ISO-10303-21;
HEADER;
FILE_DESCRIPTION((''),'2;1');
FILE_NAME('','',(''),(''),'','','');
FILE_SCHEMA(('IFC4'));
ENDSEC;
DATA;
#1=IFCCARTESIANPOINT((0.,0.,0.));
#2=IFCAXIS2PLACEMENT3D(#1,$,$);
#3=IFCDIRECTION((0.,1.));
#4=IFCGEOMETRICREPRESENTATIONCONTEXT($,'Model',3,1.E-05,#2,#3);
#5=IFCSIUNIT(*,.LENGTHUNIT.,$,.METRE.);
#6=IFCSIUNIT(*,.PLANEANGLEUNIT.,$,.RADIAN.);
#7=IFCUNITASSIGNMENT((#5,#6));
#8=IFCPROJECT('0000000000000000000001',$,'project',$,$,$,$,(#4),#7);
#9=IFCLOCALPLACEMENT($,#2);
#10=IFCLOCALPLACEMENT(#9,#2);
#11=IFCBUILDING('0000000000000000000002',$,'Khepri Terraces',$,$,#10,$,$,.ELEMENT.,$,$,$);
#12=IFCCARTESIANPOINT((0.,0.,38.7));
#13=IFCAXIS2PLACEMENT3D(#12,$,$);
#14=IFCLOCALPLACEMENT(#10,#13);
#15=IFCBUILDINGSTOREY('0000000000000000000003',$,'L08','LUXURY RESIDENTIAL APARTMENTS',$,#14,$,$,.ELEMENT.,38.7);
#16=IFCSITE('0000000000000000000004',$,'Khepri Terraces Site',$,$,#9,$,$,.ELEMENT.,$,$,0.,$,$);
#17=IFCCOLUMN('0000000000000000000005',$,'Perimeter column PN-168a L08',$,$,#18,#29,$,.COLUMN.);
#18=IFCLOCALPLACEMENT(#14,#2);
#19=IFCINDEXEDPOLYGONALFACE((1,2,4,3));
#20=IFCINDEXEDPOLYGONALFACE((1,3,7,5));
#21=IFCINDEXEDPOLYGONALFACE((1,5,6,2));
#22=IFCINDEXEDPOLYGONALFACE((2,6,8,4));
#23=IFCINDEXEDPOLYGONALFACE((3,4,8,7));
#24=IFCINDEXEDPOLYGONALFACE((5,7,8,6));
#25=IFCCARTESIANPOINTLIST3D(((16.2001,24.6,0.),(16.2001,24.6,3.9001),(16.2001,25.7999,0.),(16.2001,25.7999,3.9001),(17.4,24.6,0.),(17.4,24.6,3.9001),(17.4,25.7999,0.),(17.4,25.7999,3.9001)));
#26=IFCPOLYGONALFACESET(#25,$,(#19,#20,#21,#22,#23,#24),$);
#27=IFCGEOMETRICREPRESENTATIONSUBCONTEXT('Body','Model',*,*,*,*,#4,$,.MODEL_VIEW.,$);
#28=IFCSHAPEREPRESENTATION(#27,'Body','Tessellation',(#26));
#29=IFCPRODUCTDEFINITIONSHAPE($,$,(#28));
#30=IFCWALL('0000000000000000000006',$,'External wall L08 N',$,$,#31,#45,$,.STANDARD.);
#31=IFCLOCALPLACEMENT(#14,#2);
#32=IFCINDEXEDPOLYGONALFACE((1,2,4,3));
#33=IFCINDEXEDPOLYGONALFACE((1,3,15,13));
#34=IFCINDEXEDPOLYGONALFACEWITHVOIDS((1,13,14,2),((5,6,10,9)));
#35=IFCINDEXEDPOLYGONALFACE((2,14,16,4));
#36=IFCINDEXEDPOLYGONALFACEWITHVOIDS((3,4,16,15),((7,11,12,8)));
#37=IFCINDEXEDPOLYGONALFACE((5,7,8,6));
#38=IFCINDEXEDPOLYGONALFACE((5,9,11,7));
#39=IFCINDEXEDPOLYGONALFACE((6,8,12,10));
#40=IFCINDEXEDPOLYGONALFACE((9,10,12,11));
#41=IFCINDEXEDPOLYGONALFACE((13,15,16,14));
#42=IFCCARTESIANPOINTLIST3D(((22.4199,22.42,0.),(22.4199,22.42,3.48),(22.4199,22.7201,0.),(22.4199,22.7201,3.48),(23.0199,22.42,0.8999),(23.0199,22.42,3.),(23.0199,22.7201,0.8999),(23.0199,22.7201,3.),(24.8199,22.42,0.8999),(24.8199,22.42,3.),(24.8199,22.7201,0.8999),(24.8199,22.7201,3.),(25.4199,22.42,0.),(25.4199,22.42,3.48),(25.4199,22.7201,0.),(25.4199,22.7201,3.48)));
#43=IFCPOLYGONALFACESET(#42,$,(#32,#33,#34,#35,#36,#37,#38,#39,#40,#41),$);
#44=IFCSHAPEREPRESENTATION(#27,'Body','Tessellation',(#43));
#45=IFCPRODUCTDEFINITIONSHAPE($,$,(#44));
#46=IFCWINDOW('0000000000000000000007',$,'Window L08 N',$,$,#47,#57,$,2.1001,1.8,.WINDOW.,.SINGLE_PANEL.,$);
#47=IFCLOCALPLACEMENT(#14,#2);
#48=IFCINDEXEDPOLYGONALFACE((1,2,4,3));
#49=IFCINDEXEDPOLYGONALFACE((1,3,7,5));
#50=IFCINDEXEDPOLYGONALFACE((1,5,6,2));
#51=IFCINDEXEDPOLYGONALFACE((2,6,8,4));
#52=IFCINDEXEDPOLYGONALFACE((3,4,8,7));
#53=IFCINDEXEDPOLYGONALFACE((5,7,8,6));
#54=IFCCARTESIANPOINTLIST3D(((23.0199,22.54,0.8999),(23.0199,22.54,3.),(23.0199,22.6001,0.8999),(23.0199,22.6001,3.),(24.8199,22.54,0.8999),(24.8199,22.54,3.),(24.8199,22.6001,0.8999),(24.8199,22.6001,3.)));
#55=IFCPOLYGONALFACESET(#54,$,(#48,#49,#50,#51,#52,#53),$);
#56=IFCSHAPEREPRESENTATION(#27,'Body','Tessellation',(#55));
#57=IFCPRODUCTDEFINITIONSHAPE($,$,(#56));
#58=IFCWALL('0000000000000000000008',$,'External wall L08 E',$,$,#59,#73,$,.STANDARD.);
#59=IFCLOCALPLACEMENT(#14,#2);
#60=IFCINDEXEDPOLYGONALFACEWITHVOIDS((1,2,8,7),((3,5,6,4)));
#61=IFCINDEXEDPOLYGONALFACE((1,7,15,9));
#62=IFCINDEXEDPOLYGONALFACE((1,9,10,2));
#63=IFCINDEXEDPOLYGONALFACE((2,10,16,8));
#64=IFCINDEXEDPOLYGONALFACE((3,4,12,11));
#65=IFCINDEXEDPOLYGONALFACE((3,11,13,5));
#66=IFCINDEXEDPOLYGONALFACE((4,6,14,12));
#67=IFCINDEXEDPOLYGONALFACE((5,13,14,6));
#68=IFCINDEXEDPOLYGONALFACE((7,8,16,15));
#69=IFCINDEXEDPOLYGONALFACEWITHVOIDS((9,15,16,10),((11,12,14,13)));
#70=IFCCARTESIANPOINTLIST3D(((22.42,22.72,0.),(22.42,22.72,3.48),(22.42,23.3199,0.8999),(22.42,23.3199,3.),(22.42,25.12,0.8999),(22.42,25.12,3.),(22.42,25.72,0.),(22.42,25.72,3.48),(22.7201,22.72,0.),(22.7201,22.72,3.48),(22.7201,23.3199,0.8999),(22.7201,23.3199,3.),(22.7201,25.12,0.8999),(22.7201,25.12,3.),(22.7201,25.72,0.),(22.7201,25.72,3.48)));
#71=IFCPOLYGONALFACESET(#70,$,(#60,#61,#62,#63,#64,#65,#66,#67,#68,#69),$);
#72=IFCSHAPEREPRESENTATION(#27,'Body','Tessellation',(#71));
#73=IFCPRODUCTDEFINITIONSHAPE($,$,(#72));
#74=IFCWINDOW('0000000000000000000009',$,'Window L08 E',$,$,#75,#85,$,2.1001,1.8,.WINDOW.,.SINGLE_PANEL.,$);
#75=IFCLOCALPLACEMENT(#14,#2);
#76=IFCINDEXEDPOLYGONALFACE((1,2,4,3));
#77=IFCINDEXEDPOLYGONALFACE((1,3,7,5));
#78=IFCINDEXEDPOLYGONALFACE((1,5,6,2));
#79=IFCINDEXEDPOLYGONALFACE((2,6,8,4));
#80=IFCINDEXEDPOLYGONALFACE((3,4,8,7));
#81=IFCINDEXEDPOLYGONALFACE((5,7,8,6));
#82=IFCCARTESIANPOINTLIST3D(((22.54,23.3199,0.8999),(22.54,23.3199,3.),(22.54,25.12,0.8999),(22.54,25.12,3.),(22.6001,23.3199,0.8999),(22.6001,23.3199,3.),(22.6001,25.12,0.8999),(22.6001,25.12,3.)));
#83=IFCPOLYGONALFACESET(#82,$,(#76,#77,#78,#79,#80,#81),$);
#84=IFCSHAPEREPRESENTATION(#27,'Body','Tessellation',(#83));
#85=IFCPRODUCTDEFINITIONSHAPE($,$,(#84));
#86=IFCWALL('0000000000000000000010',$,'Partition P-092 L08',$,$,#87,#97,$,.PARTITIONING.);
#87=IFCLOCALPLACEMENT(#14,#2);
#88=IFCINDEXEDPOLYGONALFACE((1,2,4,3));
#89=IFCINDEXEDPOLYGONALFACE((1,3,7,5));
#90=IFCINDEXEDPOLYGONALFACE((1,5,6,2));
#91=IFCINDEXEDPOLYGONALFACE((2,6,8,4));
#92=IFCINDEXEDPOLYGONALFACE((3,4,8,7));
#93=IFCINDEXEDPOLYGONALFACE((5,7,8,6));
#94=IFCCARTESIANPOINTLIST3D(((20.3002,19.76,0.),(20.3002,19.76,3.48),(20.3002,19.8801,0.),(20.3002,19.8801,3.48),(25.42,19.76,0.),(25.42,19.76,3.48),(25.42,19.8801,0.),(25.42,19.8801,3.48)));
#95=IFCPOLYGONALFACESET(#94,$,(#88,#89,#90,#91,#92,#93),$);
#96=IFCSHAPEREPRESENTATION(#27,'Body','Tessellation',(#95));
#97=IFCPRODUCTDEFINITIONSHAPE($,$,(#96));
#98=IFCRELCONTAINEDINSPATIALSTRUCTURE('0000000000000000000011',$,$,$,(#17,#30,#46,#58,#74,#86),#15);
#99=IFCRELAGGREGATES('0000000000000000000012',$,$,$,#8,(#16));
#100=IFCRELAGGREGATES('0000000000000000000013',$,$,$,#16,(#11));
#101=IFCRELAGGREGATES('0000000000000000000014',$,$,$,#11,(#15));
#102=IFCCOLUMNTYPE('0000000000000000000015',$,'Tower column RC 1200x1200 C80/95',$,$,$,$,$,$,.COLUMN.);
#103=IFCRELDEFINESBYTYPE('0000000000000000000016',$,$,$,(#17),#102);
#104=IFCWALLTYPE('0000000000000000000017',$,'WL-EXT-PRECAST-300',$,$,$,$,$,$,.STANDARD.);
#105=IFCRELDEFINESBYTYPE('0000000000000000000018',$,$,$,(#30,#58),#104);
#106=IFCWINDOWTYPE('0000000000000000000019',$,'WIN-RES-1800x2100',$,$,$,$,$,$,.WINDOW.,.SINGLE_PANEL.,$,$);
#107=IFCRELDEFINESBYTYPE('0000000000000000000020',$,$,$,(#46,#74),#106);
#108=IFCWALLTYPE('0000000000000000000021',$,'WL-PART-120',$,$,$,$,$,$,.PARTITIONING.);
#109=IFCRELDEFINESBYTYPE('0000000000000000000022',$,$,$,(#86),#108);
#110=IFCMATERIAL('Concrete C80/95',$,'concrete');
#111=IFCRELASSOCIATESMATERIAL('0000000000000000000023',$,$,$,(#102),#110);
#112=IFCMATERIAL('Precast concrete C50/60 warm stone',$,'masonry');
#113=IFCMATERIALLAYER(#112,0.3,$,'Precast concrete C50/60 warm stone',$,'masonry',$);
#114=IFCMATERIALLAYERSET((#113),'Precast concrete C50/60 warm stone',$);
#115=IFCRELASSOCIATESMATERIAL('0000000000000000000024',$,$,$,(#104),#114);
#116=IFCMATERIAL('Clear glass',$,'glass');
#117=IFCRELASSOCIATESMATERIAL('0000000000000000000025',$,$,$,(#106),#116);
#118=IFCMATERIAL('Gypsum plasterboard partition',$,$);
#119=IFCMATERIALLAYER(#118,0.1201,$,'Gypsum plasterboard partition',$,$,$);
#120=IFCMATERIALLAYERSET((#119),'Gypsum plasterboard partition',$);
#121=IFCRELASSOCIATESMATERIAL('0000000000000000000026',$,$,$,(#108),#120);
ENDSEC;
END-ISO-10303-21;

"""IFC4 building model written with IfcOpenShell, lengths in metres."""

from ifc_helpers import new_model, si_unit, direction, frame, frame_2d, origin, origin_2d, place, context, subcontext, project, spatial, rectangle, extrude, material, layer, layer_set, material_profile, profile_set, type_object, element, fill, save


model = new_model("IFC4")

# Units and contexts
model_context = context("Model", 3, precision=1e-05, world=origin(), true_north=direction((0.0, 1.0)))
body_context = subcontext(model_context, "Body", "Model", "MODEL_VIEW")
ifc_project = project(units=[si_unit("LENGTHUNIT", "METRE"), si_unit("PLANEANGLEUNIT", "RADIAN")], contexts=[model_context])

# Site, building, storey
site_placement = place(None, origin())
site = spatial("IfcSite", under=ifc_project, at=site_placement, Name="Khepri Terraces Site", CompositionType="ELEMENT", RefElevation=0.0)
building_placement = place(site_placement, origin())
building = spatial("IfcBuilding", under=site, at=building_placement, Name="Khepri Terraces", CompositionType="ELEMENT")
storey_placement = place(building_placement, frame((0.0, 0.0, 38.7)))
storey = spatial("IfcBuildingStorey", under=building, at=storey_placement, Name="L08", Description="LUXURY RESIDENTIAL APARTMENTS", CompositionType="ELEMENT", Elevation=38.7)

# Column
ifc_material_1 = material(Name="Concrete C80/95", Category="concrete")
ifc_material_profile = material_profile(ifc_material_1, rectangle(XDim=1.2, YDim=1.2, at=origin_2d()), Name="Concrete C80/95", Category="concrete")
ifc_profile_set = profile_set([ifc_material_profile], Name="Concrete C80/95")
column_type = type_object("IfcColumnType", Name="Tower column RC 1200x1200 C80/95", PredefinedType="COLUMN", material=ifc_profile_set)
column_placement = place(storey_placement, frame((16.8, 25.2, 0.0), z_axis=(0.0, 0.0, 1.0), x_axis=(1.0, 0.0, 0.0)))
element("IfcColumn", 1, at=column_placement, inside=storey, type_object=column_type, Name="Perimeter column PN-168a L08", PredefinedType="COLUMN", context=body_context, shape_type="SweptSolid", body=[
    extrude(rectangle(XDim=1.2, YDim=1.2, at=origin_2d()), origin(), (0.0, 0.0, 1.0), 3.9001),
])

# Walls, openings, windows
ifc_material_2 = material(Name="Precast concrete C50/60 warm stone", Category="masonry")
ifc_layer_1 = layer(ifc_material_2, 0.3, Name="Precast concrete C50/60 warm stone", Category="masonry")
ifc_layer_set_1 = layer_set([ifc_layer_1], Name="Precast concrete C50/60 warm stone")
wall_type_1 = type_object("IfcWallType", Name="WL-EXT-PRECAST-300", PredefinedType="STANDARD", material=ifc_layer_set_1)
wall_1_placement = place(storey_placement, frame((25.4199, 22.5701, 0.0), z_axis=(0.0, 0.0, 1.0), x_axis=(-1.0, 0.0, 0.0)))
wall_1 = element("IfcWall", 2, at=wall_1_placement, inside=storey, type_object=wall_type_1, Name="External wall L08 N", PredefinedType="STANDARD", context=body_context, shape_type="SweptSolid", body=[
    extrude(rectangle(XDim=3.0, YDim=0.3, at=frame_2d((1.5, 0.0))), origin(), (0.0, 0.0, 1.0), 3.48),
])
opening_1_placement = place(wall_1_placement, frame((0.6001, 0.0, 0.8999)))
opening_1 = element("IfcOpeningElement", 3, at=opening_1_placement, cuts=wall_1, PredefinedType="OPENING", context=body_context, shape_type="SweptSolid", body=[
    extrude(rectangle(XDim=1.8, YDim=2.1001, at=frame_2d((0.8999, 1.05))), frame((0.0, 0.1602, 0.0), z_axis=(0.0, -1.0, 0.0), x_axis=(1.0, 0.0, 0.0)), (0.0, 0.0, 1.0), 0.3201),
])
ifc_material_3 = material(Name="Clear glass", Category="glass")
window_type = type_object("IfcWindowType", Name="WIN-RES-1800x2100", PartitioningType="SINGLE_PANEL", PredefinedType="WINDOW", material=ifc_material_3)
window_1_placement = place(opening_1_placement, origin())
window_1 = element("IfcWindow", 4, at=window_1_placement, inside=storey, type_object=window_type, Name="Window L08 N", OverallHeight=2.1001, OverallWidth=1.8, PartitioningType="SINGLE_PANEL", PredefinedType="WINDOW", context=body_context, shape_type="SweptSolid", body=[
    extrude(rectangle(XDim=1.8, YDim=2.1001, at=frame_2d((0.8999, 1.05))), frame((0.0, 0.03, 0.0), z_axis=(0.0, -1.0, 0.0), x_axis=(1.0, 0.0, 0.0)), (0.0, 0.0, 1.0), 0.0601),
])
fill(opening_1, window_1)
wall_2_placement = place(storey_placement, frame((22.5701, 22.72, 0.0), z_axis=(0.0, 0.0, 1.0), x_axis=(0.0, 1.0, 0.0)))
wall_2 = element("IfcWall", 5, at=wall_2_placement, inside=storey, type_object=wall_type_1, Name="External wall L08 E", PredefinedType="STANDARD", context=body_context, shape_type="SweptSolid", body=[
    extrude(rectangle(XDim=3.0, YDim=0.3, at=frame_2d((1.5, 0.0))), origin(), (0.0, 0.0, 1.0), 3.48),
])
opening_2_placement = place(wall_2_placement, frame((0.6001, 0.0, 0.8999)))
opening_2 = element("IfcOpeningElement", 6, at=opening_2_placement, cuts=wall_2, PredefinedType="OPENING", context=body_context, shape_type="SweptSolid", body=[
    extrude(rectangle(XDim=1.8, YDim=2.1001, at=frame_2d((0.8999, 1.05))), frame((0.0, 0.1602, 0.0), z_axis=(0.0, -1.0, 0.0), x_axis=(1.0, 0.0, 0.0)), (0.0, 0.0, 1.0), 0.3201),
])
window_2_placement = place(opening_2_placement, origin())
window_2 = element("IfcWindow", 7, at=window_2_placement, inside=storey, type_object=window_type, Name="Window L08 E", OverallHeight=2.1001, OverallWidth=1.8, PartitioningType="SINGLE_PANEL", PredefinedType="WINDOW", context=body_context, shape_type="SweptSolid", body=[
    extrude(rectangle(XDim=1.8, YDim=2.1001, at=frame_2d((0.8999, 1.05))), frame((0.0, 0.03, 0.0), z_axis=(0.0, -1.0, 0.0), x_axis=(1.0, 0.0, 0.0)), (0.0, 0.0, 1.0), 0.0601),
])
fill(opening_2, window_2)

# Wall
ifc_material_4 = material(Name="Gypsum plasterboard partition")
ifc_layer_2 = layer(ifc_material_4, 0.1201, Name="Gypsum plasterboard partition")
ifc_layer_set_2 = layer_set([ifc_layer_2], Name="Gypsum plasterboard partition")
wall_type_2 = type_object("IfcWallType", Name="WL-PART-120", PredefinedType="PARTITIONING", material=ifc_layer_set_2)
wall_3_placement = place(storey_placement, frame((20.3, 19.8201, 0.0), z_axis=(0.0, 0.0, 1.0), x_axis=(1.0, 0.0, 0.0)))
element("IfcWall", 8, at=wall_3_placement, inside=storey, type_object=wall_type_2, Name="Partition P-092 L08", PredefinedType="PARTITIONING", context=body_context, shape_type="SweptSolid", body=[
    extrude(rectangle(XDim=5.1199, YDim=0.1201, at=frame_2d((2.5601, 0.0))), origin(), (0.0, 0.0, 1.0), 3.48),
])

save(model, "model.ifc")
